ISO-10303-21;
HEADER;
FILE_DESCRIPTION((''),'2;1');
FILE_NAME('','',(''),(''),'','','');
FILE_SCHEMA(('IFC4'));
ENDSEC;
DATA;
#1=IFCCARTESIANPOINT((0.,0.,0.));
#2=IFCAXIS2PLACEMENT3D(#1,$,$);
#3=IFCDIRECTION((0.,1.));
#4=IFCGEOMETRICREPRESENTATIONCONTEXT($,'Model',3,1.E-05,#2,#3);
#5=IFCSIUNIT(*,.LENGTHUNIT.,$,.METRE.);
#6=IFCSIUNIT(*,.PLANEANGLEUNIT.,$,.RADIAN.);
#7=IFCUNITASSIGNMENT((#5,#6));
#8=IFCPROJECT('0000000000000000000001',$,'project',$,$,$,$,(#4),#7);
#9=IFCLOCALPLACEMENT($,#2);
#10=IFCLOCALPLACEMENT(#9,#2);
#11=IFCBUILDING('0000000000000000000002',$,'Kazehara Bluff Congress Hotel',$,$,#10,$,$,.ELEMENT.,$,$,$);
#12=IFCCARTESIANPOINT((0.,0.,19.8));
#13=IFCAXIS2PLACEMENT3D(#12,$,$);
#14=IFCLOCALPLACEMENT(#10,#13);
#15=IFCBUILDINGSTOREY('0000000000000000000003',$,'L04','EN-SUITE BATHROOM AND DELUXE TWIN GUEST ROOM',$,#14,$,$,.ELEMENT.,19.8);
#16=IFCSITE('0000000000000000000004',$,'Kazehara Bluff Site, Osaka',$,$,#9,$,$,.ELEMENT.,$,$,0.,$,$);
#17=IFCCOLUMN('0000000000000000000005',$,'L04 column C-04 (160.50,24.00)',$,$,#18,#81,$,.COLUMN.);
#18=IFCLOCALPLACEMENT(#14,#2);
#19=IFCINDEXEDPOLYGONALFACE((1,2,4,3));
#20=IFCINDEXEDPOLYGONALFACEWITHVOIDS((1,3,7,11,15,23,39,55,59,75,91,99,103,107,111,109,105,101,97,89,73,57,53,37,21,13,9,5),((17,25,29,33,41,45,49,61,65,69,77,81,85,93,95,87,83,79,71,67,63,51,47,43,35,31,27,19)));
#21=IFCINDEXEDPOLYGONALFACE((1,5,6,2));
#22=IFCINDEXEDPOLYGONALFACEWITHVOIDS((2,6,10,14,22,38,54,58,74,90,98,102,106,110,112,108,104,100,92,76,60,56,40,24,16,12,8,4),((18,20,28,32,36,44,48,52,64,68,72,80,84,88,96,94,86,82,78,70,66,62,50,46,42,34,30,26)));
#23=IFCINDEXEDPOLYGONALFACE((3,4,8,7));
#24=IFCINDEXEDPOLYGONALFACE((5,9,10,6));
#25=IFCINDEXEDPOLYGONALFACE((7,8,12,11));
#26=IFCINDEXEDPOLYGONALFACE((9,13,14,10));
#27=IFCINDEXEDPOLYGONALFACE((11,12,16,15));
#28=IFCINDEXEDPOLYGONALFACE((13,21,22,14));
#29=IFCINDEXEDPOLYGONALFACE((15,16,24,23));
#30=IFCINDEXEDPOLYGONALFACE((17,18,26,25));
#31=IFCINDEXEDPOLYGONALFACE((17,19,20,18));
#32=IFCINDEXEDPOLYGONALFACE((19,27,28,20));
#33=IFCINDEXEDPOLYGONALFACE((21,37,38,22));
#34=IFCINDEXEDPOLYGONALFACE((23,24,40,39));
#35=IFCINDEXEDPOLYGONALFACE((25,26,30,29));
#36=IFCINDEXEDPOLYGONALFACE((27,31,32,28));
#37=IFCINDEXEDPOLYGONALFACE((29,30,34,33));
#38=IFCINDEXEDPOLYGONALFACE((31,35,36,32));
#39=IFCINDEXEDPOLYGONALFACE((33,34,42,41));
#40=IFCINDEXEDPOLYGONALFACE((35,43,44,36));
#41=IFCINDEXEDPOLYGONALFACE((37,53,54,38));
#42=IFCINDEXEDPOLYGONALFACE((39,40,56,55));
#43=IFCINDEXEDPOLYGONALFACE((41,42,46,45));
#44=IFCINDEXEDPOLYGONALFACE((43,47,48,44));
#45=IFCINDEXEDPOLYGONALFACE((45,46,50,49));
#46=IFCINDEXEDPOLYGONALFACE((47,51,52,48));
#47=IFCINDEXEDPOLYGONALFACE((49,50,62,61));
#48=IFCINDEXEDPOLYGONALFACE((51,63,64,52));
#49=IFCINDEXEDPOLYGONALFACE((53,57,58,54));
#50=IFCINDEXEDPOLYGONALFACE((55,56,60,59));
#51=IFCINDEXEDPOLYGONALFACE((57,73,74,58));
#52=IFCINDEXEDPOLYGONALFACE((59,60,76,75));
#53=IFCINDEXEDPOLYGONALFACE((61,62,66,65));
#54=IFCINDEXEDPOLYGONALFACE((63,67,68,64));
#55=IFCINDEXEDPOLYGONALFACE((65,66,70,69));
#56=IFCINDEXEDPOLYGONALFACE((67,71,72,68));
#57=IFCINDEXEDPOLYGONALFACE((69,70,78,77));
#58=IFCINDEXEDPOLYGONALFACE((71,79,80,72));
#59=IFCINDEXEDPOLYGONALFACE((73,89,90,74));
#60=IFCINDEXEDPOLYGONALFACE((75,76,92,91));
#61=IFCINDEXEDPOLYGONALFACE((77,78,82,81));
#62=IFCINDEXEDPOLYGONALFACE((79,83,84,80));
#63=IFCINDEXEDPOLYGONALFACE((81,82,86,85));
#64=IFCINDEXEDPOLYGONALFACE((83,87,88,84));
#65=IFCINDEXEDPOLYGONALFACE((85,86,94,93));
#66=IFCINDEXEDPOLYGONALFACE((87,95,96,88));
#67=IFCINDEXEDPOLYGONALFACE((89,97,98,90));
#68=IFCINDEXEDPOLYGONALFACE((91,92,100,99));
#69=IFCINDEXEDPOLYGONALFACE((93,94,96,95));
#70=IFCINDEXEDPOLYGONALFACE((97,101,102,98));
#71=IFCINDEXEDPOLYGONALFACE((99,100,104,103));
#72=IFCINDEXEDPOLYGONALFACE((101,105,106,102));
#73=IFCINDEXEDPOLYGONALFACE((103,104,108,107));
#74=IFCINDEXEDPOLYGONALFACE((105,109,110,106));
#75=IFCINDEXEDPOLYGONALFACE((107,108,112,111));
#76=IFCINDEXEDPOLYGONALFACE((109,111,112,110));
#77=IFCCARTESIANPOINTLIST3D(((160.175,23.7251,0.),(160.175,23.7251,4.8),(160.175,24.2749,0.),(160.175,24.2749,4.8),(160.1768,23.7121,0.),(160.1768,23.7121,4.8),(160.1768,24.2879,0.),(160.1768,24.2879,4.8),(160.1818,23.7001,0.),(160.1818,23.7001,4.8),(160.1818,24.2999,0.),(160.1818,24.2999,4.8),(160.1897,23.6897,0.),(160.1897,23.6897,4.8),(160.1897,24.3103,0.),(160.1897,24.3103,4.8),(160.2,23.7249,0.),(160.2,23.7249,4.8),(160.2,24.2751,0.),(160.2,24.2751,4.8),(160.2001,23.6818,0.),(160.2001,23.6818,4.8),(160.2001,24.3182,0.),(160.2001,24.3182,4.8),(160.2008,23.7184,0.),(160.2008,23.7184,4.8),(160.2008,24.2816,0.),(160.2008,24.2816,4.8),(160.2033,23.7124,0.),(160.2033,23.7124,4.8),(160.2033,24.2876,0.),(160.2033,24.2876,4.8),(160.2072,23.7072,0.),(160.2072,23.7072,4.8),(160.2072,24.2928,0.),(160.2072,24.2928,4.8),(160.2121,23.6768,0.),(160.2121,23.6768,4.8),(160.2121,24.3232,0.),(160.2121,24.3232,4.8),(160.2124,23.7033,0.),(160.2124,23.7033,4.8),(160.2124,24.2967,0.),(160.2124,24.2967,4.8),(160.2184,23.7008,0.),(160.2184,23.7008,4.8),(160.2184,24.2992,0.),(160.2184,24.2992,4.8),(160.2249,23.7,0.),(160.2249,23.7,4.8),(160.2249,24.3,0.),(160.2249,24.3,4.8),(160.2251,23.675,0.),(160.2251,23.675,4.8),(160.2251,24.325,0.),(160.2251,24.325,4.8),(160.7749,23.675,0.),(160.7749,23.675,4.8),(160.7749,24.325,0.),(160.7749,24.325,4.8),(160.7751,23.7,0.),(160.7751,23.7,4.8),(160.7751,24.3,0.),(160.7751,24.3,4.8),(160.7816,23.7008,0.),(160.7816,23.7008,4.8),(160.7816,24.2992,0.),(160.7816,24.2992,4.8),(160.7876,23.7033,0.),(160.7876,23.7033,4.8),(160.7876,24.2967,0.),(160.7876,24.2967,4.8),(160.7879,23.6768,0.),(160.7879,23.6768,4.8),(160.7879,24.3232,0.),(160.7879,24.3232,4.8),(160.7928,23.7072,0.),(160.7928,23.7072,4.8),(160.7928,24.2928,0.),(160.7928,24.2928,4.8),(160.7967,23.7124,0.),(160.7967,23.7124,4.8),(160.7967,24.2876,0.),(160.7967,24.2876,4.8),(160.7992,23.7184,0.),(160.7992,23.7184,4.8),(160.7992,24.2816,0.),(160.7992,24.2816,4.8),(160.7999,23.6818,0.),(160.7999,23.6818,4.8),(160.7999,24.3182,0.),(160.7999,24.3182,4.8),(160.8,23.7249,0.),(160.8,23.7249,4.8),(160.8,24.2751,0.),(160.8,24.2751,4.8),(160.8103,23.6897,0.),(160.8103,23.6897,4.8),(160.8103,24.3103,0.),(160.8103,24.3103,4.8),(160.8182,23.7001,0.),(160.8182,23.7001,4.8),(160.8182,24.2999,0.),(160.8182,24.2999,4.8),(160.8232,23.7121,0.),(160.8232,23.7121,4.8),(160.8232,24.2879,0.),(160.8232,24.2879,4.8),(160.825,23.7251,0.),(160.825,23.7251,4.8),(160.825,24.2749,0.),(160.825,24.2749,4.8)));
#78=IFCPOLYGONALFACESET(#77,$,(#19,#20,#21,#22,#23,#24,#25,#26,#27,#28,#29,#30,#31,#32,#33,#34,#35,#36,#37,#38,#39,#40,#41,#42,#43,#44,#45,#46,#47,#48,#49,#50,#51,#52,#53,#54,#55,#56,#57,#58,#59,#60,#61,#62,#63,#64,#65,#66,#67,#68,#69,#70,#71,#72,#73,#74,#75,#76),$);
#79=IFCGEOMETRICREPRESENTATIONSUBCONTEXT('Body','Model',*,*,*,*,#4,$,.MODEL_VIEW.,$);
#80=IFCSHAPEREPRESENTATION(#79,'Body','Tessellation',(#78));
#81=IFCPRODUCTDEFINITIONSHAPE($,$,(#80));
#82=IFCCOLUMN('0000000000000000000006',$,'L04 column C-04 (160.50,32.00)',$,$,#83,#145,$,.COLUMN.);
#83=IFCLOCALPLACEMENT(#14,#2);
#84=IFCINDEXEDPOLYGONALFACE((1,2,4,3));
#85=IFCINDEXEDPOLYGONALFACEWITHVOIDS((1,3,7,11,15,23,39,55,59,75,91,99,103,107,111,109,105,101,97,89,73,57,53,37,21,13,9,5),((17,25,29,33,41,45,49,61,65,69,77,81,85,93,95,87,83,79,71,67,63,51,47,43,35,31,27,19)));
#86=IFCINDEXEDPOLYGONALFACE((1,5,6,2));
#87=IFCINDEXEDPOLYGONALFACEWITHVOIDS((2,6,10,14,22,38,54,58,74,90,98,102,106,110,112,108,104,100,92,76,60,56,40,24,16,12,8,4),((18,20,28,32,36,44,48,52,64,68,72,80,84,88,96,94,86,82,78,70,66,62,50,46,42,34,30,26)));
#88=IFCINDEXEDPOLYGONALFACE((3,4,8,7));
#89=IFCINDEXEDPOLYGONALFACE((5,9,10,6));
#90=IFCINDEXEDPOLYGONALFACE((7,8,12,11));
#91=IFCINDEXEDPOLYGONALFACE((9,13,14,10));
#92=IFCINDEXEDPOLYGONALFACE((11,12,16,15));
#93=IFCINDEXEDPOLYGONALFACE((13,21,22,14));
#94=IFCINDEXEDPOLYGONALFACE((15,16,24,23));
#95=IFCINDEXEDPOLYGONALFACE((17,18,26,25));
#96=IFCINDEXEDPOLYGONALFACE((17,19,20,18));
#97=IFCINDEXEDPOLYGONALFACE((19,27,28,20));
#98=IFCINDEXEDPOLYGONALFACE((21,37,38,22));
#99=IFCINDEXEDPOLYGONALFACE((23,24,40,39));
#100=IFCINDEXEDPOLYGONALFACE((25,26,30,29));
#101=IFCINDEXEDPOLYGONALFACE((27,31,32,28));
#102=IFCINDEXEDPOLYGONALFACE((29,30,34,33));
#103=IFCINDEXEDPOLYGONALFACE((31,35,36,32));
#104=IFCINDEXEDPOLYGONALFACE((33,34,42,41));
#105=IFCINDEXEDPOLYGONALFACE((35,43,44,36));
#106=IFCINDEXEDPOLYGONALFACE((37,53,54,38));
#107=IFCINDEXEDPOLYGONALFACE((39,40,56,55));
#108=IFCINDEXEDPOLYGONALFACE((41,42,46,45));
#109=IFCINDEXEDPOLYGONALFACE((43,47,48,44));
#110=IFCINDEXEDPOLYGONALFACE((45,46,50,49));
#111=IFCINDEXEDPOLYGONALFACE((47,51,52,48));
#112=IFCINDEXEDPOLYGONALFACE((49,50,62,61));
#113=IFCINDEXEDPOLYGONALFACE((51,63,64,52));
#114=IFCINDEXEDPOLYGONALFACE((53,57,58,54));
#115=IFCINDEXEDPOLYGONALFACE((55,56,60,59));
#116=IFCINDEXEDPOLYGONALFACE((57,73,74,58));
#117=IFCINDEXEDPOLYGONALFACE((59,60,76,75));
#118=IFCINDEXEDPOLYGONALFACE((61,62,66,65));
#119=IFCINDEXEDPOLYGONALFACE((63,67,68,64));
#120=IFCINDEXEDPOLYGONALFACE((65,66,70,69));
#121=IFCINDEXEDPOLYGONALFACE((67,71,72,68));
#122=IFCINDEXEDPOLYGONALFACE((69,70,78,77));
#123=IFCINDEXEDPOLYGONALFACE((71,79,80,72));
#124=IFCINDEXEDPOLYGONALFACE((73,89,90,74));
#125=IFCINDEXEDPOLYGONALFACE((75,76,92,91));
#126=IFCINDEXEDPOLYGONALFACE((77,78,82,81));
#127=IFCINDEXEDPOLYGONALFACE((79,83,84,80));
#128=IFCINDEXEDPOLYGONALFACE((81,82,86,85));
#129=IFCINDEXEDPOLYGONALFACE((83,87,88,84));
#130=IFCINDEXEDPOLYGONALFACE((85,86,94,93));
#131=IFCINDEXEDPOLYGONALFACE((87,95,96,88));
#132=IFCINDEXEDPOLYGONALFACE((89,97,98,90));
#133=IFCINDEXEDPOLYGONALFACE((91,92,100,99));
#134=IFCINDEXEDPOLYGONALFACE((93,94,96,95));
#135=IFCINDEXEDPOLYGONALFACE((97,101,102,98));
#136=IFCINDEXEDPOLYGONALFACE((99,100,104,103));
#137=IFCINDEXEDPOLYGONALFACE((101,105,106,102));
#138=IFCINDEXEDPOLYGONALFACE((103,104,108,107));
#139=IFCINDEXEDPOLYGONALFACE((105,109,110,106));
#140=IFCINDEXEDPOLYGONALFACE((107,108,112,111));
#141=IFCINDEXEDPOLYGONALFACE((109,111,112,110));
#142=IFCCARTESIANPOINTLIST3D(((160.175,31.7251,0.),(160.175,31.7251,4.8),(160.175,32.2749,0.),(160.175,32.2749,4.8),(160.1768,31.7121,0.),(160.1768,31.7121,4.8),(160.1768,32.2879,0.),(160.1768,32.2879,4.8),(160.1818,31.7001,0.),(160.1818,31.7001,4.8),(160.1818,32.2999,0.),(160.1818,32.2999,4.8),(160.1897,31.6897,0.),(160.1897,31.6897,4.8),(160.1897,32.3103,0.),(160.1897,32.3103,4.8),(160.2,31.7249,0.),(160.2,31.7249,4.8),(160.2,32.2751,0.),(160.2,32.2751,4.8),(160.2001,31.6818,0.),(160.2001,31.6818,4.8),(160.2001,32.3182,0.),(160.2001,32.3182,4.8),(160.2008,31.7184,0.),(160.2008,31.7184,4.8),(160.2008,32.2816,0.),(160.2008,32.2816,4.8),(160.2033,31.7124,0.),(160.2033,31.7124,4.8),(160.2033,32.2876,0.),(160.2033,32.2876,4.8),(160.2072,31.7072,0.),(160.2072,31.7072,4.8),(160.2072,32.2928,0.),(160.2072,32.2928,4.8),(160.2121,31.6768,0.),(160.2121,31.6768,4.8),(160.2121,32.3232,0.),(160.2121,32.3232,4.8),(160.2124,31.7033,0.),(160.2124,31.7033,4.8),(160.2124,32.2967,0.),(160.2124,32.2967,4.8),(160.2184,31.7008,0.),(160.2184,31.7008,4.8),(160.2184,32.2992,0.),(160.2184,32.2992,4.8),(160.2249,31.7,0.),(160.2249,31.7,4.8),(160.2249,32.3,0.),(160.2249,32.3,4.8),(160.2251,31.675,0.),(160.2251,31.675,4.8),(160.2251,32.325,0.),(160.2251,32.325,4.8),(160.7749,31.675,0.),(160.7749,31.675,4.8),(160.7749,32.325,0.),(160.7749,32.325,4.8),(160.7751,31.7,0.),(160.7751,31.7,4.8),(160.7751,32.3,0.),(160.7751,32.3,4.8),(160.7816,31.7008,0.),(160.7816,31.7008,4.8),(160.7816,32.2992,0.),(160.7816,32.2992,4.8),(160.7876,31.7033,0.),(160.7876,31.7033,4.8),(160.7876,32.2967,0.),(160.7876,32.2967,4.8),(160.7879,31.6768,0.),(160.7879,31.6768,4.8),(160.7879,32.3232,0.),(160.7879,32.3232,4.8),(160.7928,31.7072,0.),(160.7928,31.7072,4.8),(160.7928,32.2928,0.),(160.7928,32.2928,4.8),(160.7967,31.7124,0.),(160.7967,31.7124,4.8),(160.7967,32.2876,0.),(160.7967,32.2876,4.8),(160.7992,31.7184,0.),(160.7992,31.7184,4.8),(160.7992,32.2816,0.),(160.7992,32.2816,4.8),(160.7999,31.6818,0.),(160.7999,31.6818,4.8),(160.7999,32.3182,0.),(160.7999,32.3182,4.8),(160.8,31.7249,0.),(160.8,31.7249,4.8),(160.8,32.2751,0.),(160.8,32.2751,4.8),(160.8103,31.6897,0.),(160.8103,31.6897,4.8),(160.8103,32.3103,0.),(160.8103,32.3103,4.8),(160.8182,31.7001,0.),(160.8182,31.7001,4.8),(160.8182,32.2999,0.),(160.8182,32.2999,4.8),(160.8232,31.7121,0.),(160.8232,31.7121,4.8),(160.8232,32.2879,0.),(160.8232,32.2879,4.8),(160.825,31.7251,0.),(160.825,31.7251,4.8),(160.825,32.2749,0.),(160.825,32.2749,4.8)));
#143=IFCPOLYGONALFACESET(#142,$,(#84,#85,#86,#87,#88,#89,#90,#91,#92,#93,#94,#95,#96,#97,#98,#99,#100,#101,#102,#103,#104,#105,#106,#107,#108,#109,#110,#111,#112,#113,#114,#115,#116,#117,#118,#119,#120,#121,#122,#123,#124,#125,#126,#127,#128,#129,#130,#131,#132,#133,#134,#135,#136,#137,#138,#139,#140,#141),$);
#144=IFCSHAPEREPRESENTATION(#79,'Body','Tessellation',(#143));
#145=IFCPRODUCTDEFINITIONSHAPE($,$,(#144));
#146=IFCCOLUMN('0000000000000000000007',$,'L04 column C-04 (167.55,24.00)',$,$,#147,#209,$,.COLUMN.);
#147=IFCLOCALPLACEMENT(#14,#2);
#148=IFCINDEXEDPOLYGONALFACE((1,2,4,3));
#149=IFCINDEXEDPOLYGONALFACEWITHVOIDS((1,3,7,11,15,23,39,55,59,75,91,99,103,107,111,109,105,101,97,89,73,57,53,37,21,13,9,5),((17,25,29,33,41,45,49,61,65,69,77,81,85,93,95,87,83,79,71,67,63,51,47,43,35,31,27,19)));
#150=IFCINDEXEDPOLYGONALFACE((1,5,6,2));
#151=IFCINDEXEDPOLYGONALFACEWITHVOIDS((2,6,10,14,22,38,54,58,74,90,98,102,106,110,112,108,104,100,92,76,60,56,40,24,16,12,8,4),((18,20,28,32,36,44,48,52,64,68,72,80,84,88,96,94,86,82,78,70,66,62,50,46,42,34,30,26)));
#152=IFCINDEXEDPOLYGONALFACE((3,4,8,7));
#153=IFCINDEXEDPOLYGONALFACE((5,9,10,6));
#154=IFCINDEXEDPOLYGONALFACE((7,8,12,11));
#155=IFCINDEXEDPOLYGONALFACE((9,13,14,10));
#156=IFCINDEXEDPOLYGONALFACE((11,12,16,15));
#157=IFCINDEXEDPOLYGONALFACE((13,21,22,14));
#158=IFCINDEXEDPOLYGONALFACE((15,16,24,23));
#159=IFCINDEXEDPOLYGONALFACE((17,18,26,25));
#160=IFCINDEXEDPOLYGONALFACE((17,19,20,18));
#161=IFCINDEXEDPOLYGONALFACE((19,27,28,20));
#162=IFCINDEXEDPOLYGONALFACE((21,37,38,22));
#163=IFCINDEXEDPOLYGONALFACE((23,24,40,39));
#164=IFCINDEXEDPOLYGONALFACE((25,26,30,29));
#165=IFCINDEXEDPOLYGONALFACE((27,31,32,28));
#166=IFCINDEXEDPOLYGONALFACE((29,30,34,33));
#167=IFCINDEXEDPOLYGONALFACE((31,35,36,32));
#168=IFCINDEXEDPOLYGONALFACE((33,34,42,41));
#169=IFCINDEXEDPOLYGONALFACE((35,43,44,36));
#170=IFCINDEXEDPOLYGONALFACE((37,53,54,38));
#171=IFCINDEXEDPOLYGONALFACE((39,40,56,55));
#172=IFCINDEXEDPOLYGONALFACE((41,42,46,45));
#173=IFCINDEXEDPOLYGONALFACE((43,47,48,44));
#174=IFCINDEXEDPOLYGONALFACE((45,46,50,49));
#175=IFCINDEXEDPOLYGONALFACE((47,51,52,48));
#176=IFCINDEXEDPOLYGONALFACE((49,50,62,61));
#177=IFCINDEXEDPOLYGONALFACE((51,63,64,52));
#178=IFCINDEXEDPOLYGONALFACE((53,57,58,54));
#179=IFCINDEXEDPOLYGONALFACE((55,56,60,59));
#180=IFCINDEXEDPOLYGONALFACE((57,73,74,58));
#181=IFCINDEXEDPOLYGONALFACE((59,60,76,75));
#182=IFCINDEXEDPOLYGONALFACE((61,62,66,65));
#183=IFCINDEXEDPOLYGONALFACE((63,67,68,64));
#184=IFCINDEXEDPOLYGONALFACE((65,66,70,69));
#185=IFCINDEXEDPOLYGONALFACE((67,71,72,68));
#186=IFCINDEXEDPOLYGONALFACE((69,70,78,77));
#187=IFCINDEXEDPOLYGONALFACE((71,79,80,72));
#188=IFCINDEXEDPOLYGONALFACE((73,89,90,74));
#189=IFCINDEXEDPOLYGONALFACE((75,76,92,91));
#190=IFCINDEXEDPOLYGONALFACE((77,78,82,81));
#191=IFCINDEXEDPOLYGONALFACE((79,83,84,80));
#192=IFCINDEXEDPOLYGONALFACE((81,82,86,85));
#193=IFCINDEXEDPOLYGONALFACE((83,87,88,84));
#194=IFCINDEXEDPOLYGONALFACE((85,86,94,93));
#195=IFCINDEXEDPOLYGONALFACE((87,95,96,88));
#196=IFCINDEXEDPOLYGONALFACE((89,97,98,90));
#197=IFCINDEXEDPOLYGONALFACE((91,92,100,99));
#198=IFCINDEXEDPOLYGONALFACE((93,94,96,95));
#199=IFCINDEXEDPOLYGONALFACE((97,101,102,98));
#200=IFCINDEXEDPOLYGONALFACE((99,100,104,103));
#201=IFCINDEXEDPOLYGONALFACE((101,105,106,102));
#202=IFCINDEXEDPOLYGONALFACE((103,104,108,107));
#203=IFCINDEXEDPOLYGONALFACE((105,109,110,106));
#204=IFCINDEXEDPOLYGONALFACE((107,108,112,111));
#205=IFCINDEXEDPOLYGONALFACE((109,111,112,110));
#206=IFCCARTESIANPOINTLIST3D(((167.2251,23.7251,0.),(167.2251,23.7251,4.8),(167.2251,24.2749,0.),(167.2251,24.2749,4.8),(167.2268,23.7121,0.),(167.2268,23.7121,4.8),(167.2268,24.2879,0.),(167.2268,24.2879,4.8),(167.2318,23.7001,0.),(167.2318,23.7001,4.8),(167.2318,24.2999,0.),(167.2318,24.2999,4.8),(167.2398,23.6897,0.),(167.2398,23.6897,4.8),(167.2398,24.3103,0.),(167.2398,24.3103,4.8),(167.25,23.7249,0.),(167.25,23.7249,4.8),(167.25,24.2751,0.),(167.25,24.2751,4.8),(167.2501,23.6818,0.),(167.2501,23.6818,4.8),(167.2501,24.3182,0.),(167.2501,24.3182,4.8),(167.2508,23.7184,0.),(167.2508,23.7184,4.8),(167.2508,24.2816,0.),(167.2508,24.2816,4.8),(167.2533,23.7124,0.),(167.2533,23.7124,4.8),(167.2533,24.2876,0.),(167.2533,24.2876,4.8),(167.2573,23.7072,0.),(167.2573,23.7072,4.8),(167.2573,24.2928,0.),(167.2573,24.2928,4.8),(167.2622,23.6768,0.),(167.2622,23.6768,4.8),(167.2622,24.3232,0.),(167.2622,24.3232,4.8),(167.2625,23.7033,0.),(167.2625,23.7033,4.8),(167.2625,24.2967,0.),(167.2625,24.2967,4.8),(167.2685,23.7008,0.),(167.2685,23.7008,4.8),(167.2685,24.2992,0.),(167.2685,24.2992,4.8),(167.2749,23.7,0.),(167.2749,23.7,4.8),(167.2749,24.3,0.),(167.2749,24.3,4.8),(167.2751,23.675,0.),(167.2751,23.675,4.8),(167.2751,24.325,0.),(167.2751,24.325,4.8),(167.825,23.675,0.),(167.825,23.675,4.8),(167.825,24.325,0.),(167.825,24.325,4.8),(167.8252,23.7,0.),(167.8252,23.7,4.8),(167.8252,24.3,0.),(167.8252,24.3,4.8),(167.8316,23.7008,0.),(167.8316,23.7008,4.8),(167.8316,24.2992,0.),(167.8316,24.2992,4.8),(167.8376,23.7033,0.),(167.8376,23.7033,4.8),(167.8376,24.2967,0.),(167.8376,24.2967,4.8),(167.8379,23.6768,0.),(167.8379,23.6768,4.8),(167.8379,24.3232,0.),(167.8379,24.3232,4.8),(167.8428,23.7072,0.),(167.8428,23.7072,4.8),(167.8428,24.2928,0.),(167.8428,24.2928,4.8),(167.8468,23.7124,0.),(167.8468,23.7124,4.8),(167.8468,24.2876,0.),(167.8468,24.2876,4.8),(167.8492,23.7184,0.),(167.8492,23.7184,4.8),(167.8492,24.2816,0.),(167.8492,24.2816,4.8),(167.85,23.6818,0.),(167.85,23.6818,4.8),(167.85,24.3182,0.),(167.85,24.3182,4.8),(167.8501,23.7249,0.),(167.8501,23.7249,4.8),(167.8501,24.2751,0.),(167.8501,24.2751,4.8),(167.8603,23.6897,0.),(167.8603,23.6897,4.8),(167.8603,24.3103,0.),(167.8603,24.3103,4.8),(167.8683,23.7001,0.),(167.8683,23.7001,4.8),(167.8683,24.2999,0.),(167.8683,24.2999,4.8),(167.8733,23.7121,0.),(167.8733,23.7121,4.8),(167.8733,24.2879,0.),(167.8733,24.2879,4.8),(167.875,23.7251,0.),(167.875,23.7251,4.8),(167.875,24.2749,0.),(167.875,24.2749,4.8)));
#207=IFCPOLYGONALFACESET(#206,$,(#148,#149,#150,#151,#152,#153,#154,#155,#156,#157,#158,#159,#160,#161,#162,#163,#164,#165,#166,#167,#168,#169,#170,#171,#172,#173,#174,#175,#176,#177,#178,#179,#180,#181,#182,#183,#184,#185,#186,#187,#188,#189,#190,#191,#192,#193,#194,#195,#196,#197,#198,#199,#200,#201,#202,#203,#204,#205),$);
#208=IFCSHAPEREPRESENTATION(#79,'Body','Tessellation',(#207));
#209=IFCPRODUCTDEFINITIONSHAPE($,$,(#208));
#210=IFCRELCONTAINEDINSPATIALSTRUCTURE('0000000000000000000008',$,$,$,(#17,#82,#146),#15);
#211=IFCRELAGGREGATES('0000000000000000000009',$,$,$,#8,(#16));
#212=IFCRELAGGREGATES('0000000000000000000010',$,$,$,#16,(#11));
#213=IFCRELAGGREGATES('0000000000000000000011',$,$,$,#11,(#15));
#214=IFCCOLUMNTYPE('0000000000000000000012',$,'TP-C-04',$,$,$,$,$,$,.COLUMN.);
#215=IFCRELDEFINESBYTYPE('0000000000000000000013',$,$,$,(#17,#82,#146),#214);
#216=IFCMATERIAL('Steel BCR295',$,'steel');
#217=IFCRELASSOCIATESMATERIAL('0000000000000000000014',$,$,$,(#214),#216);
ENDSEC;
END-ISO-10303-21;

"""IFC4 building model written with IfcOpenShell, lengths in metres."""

from ifc_helpers import new_model, si_unit, direction, frame, origin, origin_2d, place, context, subcontext, project, spatial, hollow_rectangle, extrude, material, material_profile, profile_set, type_object, element, save


model = new_model("IFC4")

# Units and contexts
model_context = context("Model", 3, precision=1e-05, world=origin(), true_north=direction((0.0, 1.0)))
body_context = subcontext(model_context, "Body", "Model", "MODEL_VIEW")
ifc_project = project(units=[si_unit("LENGTHUNIT", "METRE"), si_unit("PLANEANGLEUNIT", "RADIAN")], contexts=[model_context])

# Site, building, storey
site_placement = place(None, origin())
site = spatial("IfcSite", under=ifc_project, at=site_placement, Name="Kazehara Bluff Site, Osaka", CompositionType="ELEMENT", RefElevation=0.0)
building_placement = place(site_placement, origin())
building = spatial("IfcBuilding", under=site, at=building_placement, Name="Kazehara Bluff Congress Hotel", CompositionType="ELEMENT")
storey_placement = place(building_placement, frame((0.0, 0.0, 19.8)))
storey = spatial("IfcBuildingStorey", under=building, at=storey_placement, Name="L04", Description="EN-SUITE BATHROOM AND DELUXE TWIN GUEST ROOM", CompositionType="ELEMENT", Elevation=19.8)

# Columns
ifc_material_1 = material(Name="Steel BCR295", Category="steel")
ifc_material_profile_1 = material_profile(ifc_material_1, hollow_rectangle(XDim=0.6499, YDim=0.6499, WallThickness=0.0249, InnerFilletRadius=0.0249, OuterFilletRadius=0.05, at=origin_2d()))
ifc_profile_set_1 = profile_set([ifc_material_profile_1], Name="Steel BCR295")
column_type = type_object("IfcColumnType", Name="TP-C-04", PredefinedType="COLUMN", material=ifc_profile_set_1)
for number, where, z_axis, x_axis, name in (
    (1, (160.5, 24.0, 0.0), (0.0, 0.0, 1.0), (1.0, 0.0, 0.0), "L04 column C-04 (160.50,24.00)"),
    (2, (160.5, 32.0, 0.0), (0.0, 0.0, 1.0), (1.0, 0.0, 0.0), "L04 column C-04 (160.50,32.00)"),
    (3, (167.55, 24.0, 0.0), (0.0, 0.0, 1.0), (1.0, 0.0, 0.0), "L04 column C-04 (167.55,24.00)"),
):
    element("IfcColumn", number, at=place(storey_placement, frame(where, z_axis=z_axis, x_axis=x_axis)), inside=storey, type_object=column_type, Name=name, PredefinedType="COLUMN", context=body_context, shape_type="SweptSolid", body=[
        extrude(hollow_rectangle(XDim=0.6499, YDim=0.6499, WallThickness=0.0249, InnerFilletRadius=0.0249, OuterFilletRadius=0.05, at=origin_2d()), origin(), (0.0, 0.0, 1.0), 4.8),
    ])

save(model, "model.ifc")
